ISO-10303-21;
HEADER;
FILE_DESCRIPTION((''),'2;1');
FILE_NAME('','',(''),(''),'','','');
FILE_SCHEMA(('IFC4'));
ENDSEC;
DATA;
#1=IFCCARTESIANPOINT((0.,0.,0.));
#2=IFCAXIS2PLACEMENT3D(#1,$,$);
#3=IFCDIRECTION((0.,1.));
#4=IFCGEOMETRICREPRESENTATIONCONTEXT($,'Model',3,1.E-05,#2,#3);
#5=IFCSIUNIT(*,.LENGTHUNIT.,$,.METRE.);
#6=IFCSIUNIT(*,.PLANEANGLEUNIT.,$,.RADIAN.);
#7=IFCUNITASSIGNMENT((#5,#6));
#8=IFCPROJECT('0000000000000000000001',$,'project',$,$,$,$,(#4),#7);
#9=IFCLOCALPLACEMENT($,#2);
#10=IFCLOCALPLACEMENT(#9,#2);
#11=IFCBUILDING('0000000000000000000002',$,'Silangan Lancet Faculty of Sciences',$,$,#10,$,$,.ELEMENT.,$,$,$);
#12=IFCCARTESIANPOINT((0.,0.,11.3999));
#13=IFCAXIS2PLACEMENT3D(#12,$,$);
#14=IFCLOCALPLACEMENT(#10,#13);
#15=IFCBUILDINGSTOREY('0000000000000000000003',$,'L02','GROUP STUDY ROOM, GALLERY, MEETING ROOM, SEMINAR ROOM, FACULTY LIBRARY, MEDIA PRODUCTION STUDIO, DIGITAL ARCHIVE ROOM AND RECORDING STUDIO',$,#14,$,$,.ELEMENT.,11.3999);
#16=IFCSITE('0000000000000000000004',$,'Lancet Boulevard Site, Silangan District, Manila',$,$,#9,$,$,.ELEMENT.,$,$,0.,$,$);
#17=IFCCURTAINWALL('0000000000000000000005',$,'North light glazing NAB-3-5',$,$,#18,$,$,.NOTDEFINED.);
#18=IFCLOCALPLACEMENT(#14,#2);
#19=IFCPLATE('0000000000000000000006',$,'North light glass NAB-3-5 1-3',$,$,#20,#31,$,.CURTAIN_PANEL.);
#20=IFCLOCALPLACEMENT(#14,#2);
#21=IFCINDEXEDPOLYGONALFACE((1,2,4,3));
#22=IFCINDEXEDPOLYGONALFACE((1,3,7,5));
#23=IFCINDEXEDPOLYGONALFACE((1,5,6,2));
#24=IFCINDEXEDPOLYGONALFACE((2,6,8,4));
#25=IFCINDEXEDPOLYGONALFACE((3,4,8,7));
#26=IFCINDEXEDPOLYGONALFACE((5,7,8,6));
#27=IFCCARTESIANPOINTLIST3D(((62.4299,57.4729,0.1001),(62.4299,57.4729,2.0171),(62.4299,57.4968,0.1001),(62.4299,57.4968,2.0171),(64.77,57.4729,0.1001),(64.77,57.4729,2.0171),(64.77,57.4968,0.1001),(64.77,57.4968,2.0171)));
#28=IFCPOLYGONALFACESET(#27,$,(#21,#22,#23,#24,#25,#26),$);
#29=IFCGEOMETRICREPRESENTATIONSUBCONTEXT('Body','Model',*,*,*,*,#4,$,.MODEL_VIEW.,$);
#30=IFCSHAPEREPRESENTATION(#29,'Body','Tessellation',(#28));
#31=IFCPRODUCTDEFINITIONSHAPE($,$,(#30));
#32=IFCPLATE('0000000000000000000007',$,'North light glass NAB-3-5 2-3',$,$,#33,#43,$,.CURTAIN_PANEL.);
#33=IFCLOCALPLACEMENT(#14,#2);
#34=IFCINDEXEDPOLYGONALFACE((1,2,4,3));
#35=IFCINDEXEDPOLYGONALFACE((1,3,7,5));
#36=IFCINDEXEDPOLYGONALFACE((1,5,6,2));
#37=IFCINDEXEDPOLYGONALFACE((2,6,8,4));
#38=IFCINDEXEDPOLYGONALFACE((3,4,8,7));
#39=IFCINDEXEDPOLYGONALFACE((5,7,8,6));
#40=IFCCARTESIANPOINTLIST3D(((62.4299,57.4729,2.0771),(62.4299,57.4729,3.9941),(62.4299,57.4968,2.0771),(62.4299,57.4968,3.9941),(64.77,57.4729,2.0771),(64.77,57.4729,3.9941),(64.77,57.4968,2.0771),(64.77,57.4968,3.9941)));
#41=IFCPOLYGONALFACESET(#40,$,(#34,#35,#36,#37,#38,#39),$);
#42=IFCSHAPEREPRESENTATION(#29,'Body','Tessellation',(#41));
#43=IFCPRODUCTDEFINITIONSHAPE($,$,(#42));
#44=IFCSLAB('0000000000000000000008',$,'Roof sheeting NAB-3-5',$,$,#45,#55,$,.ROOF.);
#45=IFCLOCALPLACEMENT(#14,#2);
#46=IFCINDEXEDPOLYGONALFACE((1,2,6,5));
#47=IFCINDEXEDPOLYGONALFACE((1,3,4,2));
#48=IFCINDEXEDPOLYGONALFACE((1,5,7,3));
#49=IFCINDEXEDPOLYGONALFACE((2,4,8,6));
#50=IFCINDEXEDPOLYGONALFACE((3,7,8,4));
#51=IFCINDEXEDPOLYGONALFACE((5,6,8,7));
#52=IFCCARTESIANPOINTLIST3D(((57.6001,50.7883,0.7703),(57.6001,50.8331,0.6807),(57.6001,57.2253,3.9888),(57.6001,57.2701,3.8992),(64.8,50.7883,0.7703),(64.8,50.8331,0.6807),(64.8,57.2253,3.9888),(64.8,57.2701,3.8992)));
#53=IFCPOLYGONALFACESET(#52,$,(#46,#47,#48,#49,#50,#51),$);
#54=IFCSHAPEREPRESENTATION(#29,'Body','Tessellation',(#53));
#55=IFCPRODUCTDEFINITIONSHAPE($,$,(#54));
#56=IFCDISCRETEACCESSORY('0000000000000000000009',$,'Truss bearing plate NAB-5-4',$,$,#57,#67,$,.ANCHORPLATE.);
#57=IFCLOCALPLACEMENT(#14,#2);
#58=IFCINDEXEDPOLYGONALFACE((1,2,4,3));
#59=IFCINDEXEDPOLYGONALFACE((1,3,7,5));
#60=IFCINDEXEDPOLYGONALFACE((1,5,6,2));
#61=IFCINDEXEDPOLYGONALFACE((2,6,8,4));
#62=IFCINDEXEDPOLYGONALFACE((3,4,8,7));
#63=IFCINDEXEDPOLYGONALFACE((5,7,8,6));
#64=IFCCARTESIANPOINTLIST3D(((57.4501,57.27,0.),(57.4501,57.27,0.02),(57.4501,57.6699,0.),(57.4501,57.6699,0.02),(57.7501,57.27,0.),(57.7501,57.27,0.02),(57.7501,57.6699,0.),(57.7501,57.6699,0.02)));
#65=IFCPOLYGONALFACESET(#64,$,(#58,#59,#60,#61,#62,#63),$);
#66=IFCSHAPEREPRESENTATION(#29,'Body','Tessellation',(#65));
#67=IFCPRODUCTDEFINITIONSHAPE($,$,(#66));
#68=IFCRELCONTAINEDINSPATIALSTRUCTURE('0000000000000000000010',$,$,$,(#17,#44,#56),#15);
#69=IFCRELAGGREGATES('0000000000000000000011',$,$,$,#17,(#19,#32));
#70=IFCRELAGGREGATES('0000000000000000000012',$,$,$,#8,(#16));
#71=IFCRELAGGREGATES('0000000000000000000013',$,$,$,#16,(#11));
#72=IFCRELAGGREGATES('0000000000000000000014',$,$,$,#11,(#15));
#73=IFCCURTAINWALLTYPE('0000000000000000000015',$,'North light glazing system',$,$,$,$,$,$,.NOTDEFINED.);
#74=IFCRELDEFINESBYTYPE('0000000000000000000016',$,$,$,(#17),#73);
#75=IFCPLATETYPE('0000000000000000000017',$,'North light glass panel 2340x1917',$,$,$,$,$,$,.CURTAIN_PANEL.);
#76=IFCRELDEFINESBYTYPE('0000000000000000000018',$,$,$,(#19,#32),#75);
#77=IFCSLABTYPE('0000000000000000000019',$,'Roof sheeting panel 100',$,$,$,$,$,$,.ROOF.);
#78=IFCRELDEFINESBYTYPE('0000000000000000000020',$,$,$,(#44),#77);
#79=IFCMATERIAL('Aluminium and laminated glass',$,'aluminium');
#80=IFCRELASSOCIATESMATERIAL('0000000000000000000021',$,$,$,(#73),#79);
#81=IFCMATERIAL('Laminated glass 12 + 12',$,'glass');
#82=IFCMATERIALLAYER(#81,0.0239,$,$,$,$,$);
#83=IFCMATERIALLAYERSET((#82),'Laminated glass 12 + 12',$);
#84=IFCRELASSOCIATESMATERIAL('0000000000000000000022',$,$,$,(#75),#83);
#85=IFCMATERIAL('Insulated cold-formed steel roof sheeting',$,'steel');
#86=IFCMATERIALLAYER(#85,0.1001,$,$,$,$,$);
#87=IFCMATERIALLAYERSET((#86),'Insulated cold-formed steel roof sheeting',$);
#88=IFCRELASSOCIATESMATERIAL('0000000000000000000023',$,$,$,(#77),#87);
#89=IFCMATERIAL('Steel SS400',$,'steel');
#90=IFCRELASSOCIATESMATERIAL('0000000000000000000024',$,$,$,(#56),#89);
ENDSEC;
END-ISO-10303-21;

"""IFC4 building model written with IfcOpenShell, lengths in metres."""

from ifc_helpers import new_model, si_unit, direction, frame, origin, origin_2d, place, context, subcontext, project, spatial, polyline, rectangle, outline, extrude, material, layer, layer_set, type_object, element, aggregate, save


model = new_model("IFC4")

# Units and contexts
model_context = context("Model", 3, precision=1e-05, world=origin(), true_north=direction((0.0, 1.0)))
body_context = subcontext(model_context, "Body", "Model", "MODEL_VIEW")
ifc_project = project(units=[si_unit("LENGTHUNIT", "METRE"), si_unit("PLANEANGLEUNIT", "RADIAN")], contexts=[model_context])

# Site, building, storey
site_placement = place(None, origin())
site = spatial("IfcSite", under=ifc_project, at=site_placement, Name="Lancet Boulevard Site, Silangan District, Manila", CompositionType="ELEMENT", RefElevation=0.0)
building_placement = place(site_placement, origin())
building = spatial("IfcBuilding", under=site, at=building_placement, Name="Silangan Lancet Faculty of Sciences", CompositionType="ELEMENT")
storey_placement = place(building_placement, frame((0.0, 0.0, 11.3999)))
storey = spatial("IfcBuildingStorey", under=building, at=storey_placement, Name="L02", Description="GROUP STUDY ROOM, GALLERY, MEETING ROOM, SEMINAR ROOM, FACULTY LIBRARY, MEDIA PRODUCTION STUDIO, DIGITAL ARCHIVE ROOM AND RECORDING STUDIO", CompositionType="ELEMENT", Elevation=11.3999)

# Curtain wall
ifc_material_1 = material(Name="Aluminium and laminated glass", Category="aluminium")
curtain_wall_type = type_object("IfcCurtainWallType", Name="North light glazing system", PredefinedType="NOTDEFINED", material=ifc_material_1)
curtain_wall_1_placement = place(storey_placement, origin())
curtain_wall_1 = element("IfcCurtainWall", 1, at=curtain_wall_1_placement, inside=storey, type_object=curtain_wall_type, Name="North light glazing NAB-3-5", PredefinedType="NOTDEFINED")

# Plates
ifc_material_2 = material(Name="Laminated glass 12 + 12", Category="glass")
ifc_layer_1 = layer(ifc_material_2, 0.0239)
ifc_layer_set_1 = layer_set([ifc_layer_1], Name="Laminated glass 12 + 12")
plate_type = type_object("IfcPlateType", Name="North light glass panel 2340x1917", PredefinedType="CURTAIN_PANEL", material=ifc_layer_set_1)
plate_1_placement = place(storey_placement, frame((62.4299, 57.4729, 0.1001), z_axis=(0.0, -1.0, 0.0), x_axis=(1.0, 0.0, 0.0)))
plate_1 = element("IfcPlate", 2, at=plate_1_placement, type_object=plate_type, Name="North light glass NAB-3-5 1-3", PredefinedType="CURTAIN_PANEL", context=body_context, shape_type="SweptSolid", body=[
    extrude(outline(polyline([(0.0, 0.0), (2.3401, 0.0), (2.3401, 1.917), (0.0, 1.917), (0.0, 0.0)])), origin(), (0.0, 0.0, -1.0), 0.0239),
])
plate_2_placement = place(storey_placement, frame((62.4299, 57.4729, 2.0771), z_axis=(0.0, -1.0, 0.0), x_axis=(1.0, 0.0, 0.0)))
plate_2 = element("IfcPlate", 3, at=plate_2_placement, type_object=plate_type, Name="North light glass NAB-3-5 2-3", PredefinedType="CURTAIN_PANEL", context=body_context, shape_type="SweptSolid", body=[
    extrude(outline(polyline([(0.0, 0.0), (2.3401, 0.0), (2.3401, 1.917), (0.0, 1.917), (0.0, 0.0)])), origin(), (0.0, 0.0, -1.0), 0.0239),
])
aggregate(curtain_wall_1, [plate_1, plate_2])

# Slab
ifc_material_3 = material(Name="Insulated cold-formed steel roof sheeting", Category="steel")
ifc_layer_2 = layer(ifc_material_3, 0.1001)
ifc_layer_set_2 = layer_set([ifc_layer_2], Name="Insulated cold-formed steel roof sheeting")
slab_type = type_object("IfcSlabType", Name="Roof sheeting panel 100", PredefinedType="ROOF", material=ifc_layer_set_2)
slab_placement = place(storey_placement, frame((57.6001, 50.7883, 0.7703), z_axis=(0.0, -0.447214, 0.894427), x_axis=(1.0, 0.0, 0.0)))
element("IfcSlab", 4, at=slab_placement, inside=storey, type_object=slab_type, Name="Roof sheeting NAB-3-5", PredefinedType="ROOF", context=body_context, shape_type="SweptSolid", body=[
    extrude(outline(polyline([(0.0, 0.0), (7.2, 0.0), (7.2, 7.1968), (0.0, 7.1968), (0.0, 0.0)])), origin(), (0.0, 0.0, -1.0), 0.1001),
])

# Discrete accessory
ifc_material_4 = material(Name="Steel SS400", Category="steel")
discrete_accessory_placement = place(storey_placement, frame((57.6001, 57.47, 0.0), z_axis=(0.0, 0.0, 1.0), x_axis=(1.0, 0.0, 0.0)))
element("IfcDiscreteAccessory", 5, at=discrete_accessory_placement, inside=storey, material=ifc_material_4, Name="Truss bearing plate NAB-5-4", PredefinedType="ANCHORPLATE", context=body_context, shape_type="SweptSolid", body=[
    extrude(rectangle(XDim=0.3, YDim=0.3999, at=origin_2d()), origin(), (0.0, 0.0, 1.0), 0.02),
])

save(model, "model.ifc")
